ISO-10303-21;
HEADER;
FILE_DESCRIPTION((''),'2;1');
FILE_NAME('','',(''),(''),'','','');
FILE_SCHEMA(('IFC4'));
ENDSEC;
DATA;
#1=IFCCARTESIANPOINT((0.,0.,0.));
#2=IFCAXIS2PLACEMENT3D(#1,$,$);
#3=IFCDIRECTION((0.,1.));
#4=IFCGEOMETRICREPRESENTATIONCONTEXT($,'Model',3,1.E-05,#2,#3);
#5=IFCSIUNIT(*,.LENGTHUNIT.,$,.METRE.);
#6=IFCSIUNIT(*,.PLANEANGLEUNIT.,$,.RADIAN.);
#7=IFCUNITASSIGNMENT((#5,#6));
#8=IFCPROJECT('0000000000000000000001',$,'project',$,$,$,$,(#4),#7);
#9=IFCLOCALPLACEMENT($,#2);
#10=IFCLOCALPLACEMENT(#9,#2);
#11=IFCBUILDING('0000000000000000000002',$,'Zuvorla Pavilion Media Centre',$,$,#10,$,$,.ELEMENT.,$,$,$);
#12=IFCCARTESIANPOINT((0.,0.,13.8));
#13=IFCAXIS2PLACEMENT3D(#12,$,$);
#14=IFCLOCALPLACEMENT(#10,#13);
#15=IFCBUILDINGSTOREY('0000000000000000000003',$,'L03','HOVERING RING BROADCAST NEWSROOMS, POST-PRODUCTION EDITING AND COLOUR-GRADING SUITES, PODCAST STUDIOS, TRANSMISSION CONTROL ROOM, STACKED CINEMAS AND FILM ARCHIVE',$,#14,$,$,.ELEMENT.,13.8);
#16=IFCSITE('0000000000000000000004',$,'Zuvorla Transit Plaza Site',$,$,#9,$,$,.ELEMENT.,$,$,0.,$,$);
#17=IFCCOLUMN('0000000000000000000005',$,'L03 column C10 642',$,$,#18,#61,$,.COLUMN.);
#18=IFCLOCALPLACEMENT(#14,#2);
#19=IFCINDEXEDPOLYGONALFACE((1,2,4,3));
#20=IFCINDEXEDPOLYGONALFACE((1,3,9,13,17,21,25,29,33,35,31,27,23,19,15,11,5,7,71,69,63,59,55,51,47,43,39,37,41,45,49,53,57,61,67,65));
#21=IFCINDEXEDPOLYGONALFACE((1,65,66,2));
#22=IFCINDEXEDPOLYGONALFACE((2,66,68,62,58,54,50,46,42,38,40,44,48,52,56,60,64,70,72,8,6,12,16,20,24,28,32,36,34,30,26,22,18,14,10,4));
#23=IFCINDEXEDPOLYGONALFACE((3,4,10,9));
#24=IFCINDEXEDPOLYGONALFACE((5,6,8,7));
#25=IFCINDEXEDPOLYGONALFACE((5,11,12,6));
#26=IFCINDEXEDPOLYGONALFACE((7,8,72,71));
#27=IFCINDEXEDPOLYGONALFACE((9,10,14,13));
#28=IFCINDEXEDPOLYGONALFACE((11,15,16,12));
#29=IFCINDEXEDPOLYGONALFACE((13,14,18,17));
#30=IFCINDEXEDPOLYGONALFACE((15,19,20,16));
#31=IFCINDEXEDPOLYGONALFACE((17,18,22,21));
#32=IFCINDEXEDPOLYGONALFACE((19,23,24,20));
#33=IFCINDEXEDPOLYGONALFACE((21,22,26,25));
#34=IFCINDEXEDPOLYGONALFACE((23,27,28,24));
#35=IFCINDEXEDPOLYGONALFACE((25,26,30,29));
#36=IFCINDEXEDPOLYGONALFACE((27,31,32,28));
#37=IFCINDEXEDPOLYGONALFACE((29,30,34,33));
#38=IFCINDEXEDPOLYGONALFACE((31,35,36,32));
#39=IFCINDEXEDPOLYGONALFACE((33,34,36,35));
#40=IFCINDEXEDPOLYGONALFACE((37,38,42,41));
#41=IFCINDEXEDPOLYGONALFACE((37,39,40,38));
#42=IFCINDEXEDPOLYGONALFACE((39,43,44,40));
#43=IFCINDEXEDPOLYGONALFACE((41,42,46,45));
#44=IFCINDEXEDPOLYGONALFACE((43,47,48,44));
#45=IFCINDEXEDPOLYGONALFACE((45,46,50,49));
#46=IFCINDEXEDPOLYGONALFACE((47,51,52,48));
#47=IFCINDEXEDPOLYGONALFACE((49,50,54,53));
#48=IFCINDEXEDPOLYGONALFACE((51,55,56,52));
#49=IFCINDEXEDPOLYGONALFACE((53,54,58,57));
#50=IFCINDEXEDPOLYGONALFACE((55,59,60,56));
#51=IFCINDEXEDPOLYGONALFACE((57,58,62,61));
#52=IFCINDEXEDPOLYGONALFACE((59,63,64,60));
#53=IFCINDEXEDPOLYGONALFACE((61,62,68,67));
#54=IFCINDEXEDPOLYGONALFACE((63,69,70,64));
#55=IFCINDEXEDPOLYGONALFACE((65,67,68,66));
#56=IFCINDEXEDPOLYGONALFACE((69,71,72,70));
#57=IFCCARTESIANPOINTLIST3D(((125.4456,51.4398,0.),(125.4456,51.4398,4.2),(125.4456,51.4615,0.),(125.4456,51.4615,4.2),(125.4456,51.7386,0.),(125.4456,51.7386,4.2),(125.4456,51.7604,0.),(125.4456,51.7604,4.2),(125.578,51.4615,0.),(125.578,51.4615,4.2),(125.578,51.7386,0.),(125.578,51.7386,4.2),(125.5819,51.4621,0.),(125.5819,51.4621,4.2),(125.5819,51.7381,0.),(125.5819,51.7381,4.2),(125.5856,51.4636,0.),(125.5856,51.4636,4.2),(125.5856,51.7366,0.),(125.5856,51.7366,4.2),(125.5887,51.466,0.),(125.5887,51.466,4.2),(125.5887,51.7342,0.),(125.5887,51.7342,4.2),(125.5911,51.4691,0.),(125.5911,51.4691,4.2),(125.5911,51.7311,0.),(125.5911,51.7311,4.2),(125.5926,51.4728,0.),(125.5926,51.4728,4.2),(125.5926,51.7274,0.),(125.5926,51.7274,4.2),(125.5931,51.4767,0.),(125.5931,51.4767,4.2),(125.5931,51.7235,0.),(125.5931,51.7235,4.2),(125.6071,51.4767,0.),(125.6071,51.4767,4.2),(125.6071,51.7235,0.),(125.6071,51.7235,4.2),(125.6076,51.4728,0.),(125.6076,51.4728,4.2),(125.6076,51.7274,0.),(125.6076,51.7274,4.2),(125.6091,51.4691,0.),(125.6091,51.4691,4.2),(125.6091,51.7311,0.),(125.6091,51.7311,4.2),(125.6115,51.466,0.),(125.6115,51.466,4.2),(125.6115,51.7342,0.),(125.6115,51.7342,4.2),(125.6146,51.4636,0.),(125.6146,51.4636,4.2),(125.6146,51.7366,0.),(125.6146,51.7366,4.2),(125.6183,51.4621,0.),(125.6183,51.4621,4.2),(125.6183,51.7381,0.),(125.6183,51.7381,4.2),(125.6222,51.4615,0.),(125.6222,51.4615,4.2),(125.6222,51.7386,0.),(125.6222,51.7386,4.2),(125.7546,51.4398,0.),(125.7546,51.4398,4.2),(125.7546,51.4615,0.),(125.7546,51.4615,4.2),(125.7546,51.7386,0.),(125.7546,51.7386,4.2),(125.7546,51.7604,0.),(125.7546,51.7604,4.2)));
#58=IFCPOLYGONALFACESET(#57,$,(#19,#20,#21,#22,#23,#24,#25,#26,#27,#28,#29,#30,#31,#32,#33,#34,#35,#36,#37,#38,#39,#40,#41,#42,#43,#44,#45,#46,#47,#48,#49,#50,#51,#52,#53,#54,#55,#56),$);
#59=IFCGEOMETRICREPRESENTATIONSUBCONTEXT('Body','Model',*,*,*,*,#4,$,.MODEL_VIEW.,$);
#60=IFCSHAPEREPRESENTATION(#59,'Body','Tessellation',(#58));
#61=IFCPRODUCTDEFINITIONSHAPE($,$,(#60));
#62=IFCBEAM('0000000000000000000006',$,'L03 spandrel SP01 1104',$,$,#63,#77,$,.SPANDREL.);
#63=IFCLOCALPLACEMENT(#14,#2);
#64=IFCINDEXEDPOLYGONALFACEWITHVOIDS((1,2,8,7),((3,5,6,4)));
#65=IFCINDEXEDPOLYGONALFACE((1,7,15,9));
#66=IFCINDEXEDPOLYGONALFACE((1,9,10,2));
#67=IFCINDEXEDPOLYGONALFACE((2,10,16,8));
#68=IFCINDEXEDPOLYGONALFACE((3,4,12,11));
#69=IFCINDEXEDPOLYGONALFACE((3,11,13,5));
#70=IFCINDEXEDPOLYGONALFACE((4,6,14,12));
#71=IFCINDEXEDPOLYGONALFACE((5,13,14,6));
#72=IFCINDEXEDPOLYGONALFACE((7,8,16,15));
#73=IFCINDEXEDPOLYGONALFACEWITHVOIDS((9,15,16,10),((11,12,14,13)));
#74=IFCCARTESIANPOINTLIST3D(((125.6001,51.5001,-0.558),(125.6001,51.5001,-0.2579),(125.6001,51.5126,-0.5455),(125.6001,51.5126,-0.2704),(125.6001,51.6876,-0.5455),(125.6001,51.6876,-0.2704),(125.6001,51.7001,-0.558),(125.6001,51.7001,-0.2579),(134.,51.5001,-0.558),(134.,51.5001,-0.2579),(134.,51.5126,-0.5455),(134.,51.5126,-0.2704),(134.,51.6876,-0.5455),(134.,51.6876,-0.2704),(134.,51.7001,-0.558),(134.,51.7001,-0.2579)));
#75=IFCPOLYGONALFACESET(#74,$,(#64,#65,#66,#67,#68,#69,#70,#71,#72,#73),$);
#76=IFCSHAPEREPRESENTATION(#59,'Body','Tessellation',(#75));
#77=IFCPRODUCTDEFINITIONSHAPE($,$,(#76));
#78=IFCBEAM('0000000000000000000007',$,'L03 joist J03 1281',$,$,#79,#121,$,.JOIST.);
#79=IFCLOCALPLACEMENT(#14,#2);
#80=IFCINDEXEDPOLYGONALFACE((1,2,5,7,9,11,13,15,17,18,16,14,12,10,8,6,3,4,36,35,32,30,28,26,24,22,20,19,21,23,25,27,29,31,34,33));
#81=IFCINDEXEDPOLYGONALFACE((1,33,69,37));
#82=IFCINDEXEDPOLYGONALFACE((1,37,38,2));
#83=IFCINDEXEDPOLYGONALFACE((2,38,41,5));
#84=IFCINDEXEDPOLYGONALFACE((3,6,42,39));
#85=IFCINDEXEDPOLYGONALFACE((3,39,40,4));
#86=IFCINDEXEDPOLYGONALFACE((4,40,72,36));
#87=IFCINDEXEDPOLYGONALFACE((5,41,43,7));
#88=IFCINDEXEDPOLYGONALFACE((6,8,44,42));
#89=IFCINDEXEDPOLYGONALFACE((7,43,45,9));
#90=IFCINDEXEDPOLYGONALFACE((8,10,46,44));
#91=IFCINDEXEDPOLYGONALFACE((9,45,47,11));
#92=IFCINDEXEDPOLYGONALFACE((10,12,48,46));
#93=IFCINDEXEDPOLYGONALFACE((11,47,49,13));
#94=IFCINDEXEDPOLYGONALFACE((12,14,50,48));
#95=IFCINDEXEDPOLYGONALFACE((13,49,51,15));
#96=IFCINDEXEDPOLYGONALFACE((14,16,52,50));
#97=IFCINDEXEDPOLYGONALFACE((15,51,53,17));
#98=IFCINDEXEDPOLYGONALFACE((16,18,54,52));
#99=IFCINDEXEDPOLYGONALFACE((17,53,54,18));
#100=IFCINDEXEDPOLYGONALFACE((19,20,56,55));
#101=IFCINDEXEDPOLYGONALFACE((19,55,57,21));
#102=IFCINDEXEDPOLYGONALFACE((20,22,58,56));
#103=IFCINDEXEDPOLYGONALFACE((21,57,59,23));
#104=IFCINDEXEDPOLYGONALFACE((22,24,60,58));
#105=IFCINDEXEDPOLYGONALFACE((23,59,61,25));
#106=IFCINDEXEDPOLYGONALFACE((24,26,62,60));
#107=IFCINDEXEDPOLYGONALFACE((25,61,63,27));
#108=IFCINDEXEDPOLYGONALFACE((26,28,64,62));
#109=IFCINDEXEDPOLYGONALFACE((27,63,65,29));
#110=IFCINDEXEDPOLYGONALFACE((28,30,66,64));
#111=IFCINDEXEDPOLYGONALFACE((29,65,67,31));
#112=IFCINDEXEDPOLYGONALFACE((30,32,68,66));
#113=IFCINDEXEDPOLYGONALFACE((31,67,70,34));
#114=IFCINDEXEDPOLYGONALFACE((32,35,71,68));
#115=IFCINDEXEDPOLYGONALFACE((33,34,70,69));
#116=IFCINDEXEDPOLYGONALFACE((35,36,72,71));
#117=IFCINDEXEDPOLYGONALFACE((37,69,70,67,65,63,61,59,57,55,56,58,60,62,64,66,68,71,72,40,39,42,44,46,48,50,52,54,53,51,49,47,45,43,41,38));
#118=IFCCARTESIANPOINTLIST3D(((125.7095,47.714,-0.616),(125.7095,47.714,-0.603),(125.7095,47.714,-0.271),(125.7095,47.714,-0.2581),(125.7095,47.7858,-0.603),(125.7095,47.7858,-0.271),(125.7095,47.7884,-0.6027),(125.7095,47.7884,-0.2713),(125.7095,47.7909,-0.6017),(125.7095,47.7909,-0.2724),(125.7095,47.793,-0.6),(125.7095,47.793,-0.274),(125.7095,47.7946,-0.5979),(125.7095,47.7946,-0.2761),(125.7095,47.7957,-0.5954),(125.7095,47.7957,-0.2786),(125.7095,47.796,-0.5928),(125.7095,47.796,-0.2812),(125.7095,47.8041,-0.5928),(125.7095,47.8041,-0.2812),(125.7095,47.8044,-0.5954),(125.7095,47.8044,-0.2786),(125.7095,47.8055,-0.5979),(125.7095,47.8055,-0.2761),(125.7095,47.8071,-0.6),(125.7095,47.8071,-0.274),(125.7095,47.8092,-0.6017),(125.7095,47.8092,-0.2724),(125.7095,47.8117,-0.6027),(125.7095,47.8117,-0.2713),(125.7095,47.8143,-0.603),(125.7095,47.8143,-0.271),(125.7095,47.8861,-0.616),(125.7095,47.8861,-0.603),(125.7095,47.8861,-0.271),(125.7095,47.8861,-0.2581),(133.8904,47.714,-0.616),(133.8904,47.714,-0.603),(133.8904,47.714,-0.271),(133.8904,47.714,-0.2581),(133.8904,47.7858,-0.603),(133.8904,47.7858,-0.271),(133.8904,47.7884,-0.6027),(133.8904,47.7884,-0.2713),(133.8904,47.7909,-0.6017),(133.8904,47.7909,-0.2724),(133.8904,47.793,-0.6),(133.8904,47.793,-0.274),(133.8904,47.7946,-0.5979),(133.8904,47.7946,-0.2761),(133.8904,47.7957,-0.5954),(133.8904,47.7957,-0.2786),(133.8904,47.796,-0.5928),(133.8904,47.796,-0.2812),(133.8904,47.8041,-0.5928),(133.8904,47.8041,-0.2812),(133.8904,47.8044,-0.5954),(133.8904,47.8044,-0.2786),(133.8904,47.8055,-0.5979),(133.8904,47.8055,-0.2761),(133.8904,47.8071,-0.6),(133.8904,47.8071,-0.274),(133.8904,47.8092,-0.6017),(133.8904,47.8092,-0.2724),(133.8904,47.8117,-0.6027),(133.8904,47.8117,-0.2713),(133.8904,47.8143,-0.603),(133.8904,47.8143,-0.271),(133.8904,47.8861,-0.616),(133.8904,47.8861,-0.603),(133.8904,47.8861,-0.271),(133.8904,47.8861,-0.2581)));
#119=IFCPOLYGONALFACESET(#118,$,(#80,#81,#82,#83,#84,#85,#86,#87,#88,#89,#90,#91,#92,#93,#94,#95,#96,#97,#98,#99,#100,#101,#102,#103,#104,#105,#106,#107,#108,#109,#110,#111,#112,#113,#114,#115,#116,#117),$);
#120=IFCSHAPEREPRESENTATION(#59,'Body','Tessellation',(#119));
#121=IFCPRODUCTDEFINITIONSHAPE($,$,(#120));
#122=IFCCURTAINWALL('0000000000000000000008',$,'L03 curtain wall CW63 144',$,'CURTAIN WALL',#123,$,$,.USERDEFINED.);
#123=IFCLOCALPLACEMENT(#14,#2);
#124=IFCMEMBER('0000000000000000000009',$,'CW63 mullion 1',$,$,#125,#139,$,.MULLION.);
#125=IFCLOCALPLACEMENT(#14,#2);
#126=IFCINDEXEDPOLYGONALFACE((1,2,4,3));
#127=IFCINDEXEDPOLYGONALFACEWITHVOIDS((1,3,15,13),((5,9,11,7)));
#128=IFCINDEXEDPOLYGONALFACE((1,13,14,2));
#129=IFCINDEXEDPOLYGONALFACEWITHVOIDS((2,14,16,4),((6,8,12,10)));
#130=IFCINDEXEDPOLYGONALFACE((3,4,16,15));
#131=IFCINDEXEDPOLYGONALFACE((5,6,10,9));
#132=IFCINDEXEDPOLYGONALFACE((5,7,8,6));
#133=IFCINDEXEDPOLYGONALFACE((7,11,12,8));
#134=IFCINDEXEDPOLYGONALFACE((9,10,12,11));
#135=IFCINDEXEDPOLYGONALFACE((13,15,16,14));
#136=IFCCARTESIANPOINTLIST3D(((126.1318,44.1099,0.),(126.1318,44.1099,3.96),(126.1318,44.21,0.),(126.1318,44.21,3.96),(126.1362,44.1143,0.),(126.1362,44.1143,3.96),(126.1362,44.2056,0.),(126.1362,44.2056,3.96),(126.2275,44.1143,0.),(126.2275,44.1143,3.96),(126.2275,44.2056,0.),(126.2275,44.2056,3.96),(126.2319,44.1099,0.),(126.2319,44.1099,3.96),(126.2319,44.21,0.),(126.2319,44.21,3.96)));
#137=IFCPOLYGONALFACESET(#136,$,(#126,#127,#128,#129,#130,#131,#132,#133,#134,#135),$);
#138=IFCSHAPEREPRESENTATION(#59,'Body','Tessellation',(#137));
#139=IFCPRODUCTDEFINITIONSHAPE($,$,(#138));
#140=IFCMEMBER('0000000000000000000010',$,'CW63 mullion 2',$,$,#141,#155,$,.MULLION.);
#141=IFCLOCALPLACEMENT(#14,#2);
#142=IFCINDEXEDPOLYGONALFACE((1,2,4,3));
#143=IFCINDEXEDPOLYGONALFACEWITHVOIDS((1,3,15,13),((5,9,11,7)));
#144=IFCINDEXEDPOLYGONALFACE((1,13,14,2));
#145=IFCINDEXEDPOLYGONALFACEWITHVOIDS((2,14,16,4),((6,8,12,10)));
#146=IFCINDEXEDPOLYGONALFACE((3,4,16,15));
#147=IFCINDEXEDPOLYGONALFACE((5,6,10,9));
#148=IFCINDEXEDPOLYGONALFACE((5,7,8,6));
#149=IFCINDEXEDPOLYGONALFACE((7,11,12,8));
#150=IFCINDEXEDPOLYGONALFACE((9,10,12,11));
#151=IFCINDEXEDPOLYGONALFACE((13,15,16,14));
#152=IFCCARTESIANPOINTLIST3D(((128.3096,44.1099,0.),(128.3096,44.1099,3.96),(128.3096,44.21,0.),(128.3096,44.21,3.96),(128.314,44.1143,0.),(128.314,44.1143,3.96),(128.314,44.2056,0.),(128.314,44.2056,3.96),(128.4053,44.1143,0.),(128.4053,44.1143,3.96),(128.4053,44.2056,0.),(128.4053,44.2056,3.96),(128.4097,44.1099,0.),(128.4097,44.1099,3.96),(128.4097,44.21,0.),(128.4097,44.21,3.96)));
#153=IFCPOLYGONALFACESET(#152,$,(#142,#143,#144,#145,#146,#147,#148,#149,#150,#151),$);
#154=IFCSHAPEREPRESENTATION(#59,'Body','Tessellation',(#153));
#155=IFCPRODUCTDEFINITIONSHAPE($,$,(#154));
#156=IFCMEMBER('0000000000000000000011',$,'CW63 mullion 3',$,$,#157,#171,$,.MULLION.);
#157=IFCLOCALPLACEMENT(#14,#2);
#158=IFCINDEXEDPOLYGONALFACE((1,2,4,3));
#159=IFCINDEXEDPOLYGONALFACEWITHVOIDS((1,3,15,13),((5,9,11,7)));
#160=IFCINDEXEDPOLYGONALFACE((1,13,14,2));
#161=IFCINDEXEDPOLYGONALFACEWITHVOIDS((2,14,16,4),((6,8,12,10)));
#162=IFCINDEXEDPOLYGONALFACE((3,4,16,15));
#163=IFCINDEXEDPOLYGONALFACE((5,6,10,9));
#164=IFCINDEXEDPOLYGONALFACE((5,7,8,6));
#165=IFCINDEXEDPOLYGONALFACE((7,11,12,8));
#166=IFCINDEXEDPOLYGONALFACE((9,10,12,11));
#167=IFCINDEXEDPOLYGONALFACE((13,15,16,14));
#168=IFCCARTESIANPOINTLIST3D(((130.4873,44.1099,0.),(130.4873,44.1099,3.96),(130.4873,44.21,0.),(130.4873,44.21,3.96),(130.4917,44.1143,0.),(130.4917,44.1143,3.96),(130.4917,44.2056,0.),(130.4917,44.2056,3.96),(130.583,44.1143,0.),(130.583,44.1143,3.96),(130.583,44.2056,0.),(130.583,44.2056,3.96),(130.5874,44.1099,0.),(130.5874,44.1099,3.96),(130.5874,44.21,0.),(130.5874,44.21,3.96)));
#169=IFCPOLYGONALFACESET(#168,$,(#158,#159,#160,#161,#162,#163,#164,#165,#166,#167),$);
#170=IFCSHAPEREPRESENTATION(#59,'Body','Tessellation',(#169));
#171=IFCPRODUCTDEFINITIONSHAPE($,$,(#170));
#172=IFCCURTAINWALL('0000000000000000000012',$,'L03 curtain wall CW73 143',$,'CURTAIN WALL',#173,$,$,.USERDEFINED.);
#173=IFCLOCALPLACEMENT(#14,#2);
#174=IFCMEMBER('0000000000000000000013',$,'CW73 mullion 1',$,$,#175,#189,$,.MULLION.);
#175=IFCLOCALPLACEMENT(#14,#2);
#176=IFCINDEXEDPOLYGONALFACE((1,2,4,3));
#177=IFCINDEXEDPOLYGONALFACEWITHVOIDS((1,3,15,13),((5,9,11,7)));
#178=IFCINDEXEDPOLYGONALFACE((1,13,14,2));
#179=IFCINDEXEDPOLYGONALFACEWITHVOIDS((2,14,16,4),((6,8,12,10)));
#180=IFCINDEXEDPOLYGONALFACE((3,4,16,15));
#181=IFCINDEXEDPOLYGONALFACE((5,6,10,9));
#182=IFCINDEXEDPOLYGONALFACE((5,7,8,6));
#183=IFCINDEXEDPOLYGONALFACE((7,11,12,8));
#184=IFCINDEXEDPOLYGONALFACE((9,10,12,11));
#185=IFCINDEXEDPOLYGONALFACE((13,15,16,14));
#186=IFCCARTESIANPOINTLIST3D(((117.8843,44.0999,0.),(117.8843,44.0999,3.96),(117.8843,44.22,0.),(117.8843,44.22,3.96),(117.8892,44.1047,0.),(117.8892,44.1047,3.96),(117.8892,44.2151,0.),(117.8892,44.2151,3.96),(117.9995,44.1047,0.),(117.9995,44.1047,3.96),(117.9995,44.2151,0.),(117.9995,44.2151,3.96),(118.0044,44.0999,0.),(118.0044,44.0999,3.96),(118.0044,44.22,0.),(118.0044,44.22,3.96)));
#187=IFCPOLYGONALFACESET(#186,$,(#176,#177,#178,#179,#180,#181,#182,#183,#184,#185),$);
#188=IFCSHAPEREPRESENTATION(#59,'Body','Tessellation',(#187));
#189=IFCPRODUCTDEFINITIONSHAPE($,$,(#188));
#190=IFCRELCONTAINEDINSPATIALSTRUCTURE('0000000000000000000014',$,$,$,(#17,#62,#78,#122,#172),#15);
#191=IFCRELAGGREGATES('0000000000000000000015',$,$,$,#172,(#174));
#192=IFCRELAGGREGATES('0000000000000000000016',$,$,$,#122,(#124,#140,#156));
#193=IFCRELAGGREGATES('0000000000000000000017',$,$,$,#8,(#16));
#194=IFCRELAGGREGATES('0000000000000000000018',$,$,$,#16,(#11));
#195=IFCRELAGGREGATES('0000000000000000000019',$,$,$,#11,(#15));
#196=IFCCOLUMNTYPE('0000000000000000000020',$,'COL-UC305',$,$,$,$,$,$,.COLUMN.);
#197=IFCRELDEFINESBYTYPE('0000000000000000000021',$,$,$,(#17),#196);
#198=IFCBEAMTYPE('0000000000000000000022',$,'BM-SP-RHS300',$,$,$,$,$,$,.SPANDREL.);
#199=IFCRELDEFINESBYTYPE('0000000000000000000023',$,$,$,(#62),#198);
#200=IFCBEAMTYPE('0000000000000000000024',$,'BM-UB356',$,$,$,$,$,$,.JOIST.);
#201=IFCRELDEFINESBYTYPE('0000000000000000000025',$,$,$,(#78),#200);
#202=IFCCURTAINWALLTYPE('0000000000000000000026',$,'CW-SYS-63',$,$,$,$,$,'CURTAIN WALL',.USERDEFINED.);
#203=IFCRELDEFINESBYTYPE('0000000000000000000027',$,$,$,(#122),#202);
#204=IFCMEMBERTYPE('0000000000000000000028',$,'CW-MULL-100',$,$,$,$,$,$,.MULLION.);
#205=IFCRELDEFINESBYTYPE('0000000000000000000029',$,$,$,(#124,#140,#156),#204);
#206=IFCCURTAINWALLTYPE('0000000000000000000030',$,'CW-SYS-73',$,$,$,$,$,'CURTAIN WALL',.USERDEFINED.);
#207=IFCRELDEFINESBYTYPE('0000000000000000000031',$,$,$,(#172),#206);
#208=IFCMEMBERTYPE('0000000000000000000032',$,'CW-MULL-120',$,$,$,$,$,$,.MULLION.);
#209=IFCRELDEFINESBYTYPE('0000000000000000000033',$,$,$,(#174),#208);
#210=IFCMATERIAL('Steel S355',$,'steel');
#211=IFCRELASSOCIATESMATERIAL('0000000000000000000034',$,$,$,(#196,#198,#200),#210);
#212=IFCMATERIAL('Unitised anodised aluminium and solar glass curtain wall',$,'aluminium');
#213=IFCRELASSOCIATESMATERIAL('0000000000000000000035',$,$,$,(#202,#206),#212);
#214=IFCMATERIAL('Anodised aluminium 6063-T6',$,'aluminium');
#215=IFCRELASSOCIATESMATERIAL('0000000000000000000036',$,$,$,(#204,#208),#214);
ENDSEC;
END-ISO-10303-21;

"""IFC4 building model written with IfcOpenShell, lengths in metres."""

from ifc_helpers import new_model, si_unit, direction, frame, origin, origin_2d, place, context, subcontext, project, spatial, hollow_rectangle, i_section, extrude, material, material_profile, profile_set, type_object, element, aggregate, save


model = new_model("IFC4")

# Units and contexts
model_context = context("Model", 3, precision=1e-05, world=origin(), true_north=direction((0.0, 1.0)))
body_context = subcontext(model_context, "Body", "Model", "MODEL_VIEW")
ifc_project = project(units=[si_unit("LENGTHUNIT", "METRE"), si_unit("PLANEANGLEUNIT", "RADIAN")], contexts=[model_context])

# Site, building, storey
site_placement = place(None, origin())
site = spatial("IfcSite", under=ifc_project, at=site_placement, Name="Zuvorla Transit Plaza Site", CompositionType="ELEMENT", RefElevation=0.0)
building_placement = place(site_placement, origin())
building = spatial("IfcBuilding", under=site, at=building_placement, Name="Zuvorla Pavilion Media Centre", CompositionType="ELEMENT")
storey_placement = place(building_placement, frame((0.0, 0.0, 13.8)))
storey = spatial("IfcBuildingStorey", under=building, at=storey_placement, Name="L03", Description="HOVERING RING BROADCAST NEWSROOMS, POST-PRODUCTION EDITING AND COLOUR-GRADING SUITES, PODCAST STUDIOS, TRANSMISSION CONTROL ROOM, STACKED CINEMAS AND FILM ARCHIVE", CompositionType="ELEMENT", Elevation=13.8)

# Column
ifc_material_1 = material(Name="Steel S355", Category="steel")
ifc_material_profile_1 = material_profile(ifc_material_1, i_section(OverallWidth=0.3091, OverallDepth=0.3206, WebThickness=0.0139, FlangeThickness=0.0217, FilletRadius=0.0151, at=origin_2d()), Name="UC 305x305x137")
ifc_profile_set_1 = profile_set([ifc_material_profile_1], Name="Steel S355")
column_type = type_object("IfcColumnType", Name="COL-UC305", PredefinedType="COLUMN", material=ifc_profile_set_1)
column_placement = place(storey_placement, frame((125.6001, 51.6001, 0.0), z_axis=(0.0, 0.0, 1.0), x_axis=(1.0, 0.0, 0.0)))
element("IfcColumn", 1, at=column_placement, inside=storey, type_object=column_type, Name="L03 column C10 642", PredefinedType="COLUMN", context=body_context, shape_type="SweptSolid", body=[
    extrude(i_section(OverallWidth=0.3091, OverallDepth=0.3206, WebThickness=0.0139, FlangeThickness=0.0217, FilletRadius=0.0151, at=origin_2d()), origin(), (0.0, 0.0, 1.0), 4.2),
])

# Beams
ifc_material_profile_2 = material_profile(ifc_material_1, hollow_rectangle(XDim=0.2, YDim=0.3, WallThickness=0.0125, at=origin_2d()), Name="RHS 300x200x12.5")
ifc_profile_set_2 = profile_set([ifc_material_profile_2], Name="Steel S355")
beam_type_1 = type_object("IfcBeamType", Name="BM-SP-RHS300", PredefinedType="SPANDREL", material=ifc_profile_set_2)
beam_1_placement = place(storey_placement, frame((125.6001, 51.6001, -0.408), z_axis=(1.0, 0.0, 0.0), x_axis=(0.0, 1.0, 0.0)))
element("IfcBeam", 2, at=beam_1_placement, inside=storey, type_object=beam_type_1, Name="L03 spandrel SP01 1104", PredefinedType="SPANDREL", context=body_context, shape_type="SweptSolid", body=[
    extrude(hollow_rectangle(XDim=0.2, YDim=0.3, WallThickness=0.0125, at=origin_2d()), origin(), (0.0, 0.0, 1.0), 8.3999),
])
ifc_material_profile_3 = material_profile(ifc_material_1, i_section(OverallWidth=0.1721, OverallDepth=0.3579, WebThickness=0.0081, FlangeThickness=0.0129, FilletRadius=0.0103, at=origin_2d()), Name="UB 356x171x57")
ifc_profile_set_3 = profile_set([ifc_material_profile_3], Name="Steel S355")
beam_type_2 = type_object("IfcBeamType", Name="BM-UB356", PredefinedType="JOIST", material=ifc_profile_set_3)
beam_2_placement = place(storey_placement, frame((125.7095, 47.8, -0.437), z_axis=(1.0, 0.0, 0.0), x_axis=(0.0, 1.0, 0.0)))
element("IfcBeam", 3, at=beam_2_placement, inside=storey, type_object=beam_type_2, Name="L03 joist J03 1281", PredefinedType="JOIST", context=body_context, shape_type="SweptSolid", body=[
    extrude(i_section(OverallWidth=0.1721, OverallDepth=0.3579, WebThickness=0.0081, FlangeThickness=0.0129, FilletRadius=0.0103, at=origin_2d()), origin(), (0.0, 0.0, 1.0), 8.1809),
])

# Curtain walls, members
ifc_material_2 = material(Name="Unitised anodised aluminium and solar glass curtain wall", Category="aluminium")
curtain_wall_type_1 = type_object("IfcCurtainWallType", Name="CW-SYS-63", ElementType="CURTAIN WALL", PredefinedType="USERDEFINED", material=ifc_material_2)
curtain_wall_1_placement = place(storey_placement, origin())
curtain_wall_1 = element("IfcCurtainWall", 4, at=curtain_wall_1_placement, inside=storey, type_object=curtain_wall_type_1, Name="L03 curtain wall CW63 144", ObjectType="CURTAIN WALL", PredefinedType="USERDEFINED")
ifc_material_3 = material(Name="Anodised aluminium 6063-T6", Category="aluminium")
ifc_material_profile_4 = material_profile(ifc_material_3, hollow_rectangle(XDim=0.1001, YDim=0.1001, WallThickness=0.0044, at=origin_2d()), Name="ALU MULL 100x100")
ifc_profile_set_4 = profile_set([ifc_material_profile_4], Name="Anodised aluminium 6063-T6")
member_type_1 = type_object("IfcMemberType", Name="CW-MULL-100", PredefinedType="MULLION", material=ifc_profile_set_4)
member_1_placement = place(storey_placement, frame((126.1819, 44.1599, 0.0), z_axis=(0.0, 0.0, 1.0), x_axis=(1.0, 0.0, 0.0)))
member_1 = element("IfcMember", 5, at=member_1_placement, type_object=member_type_1, Name="CW63 mullion 1", PredefinedType="MULLION", context=body_context, shape_type="SweptSolid", body=[
    extrude(hollow_rectangle(XDim=0.1001, YDim=0.1001, WallThickness=0.0044, at=origin_2d()), origin(), (0.0, 0.0, 1.0), 3.96),
])
member_2_placement = place(storey_placement, frame((128.3596, 44.1599, 0.0), z_axis=(0.0, 0.0, 1.0), x_axis=(1.0, 0.0, 0.0)))
member_2 = element("IfcMember", 6, at=member_2_placement, type_object=member_type_1, Name="CW63 mullion 2", PredefinedType="MULLION", context=body_context, shape_type="SweptSolid", body=[
    extrude(hollow_rectangle(XDim=0.1001, YDim=0.1001, WallThickness=0.0044, at=origin_2d()), origin(), (0.0, 0.0, 1.0), 3.96),
])
member_3_placement = place(storey_placement, frame((130.5374, 44.1599, 0.0), z_axis=(0.0, 0.0, 1.0), x_axis=(1.0, 0.0, 0.0)))
member_3 = element("IfcMember", 7, at=member_3_placement, type_object=member_type_1, Name="CW63 mullion 3", PredefinedType="MULLION", context=body_context, shape_type="SweptSolid", body=[
    extrude(hollow_rectangle(XDim=0.1001, YDim=0.1001, WallThickness=0.0044, at=origin_2d()), origin(), (0.0, 0.0, 1.0), 3.96),
])
curtain_wall_type_2 = type_object("IfcCurtainWallType", Name="CW-SYS-73", ElementType="CURTAIN WALL", PredefinedType="USERDEFINED", material=ifc_material_2)
curtain_wall_2_placement = place(storey_placement, origin())
curtain_wall_2 = element("IfcCurtainWall", 8, at=curtain_wall_2_placement, inside=storey, type_object=curtain_wall_type_2, Name="L03 curtain wall CW73 143", ObjectType="CURTAIN WALL", PredefinedType="USERDEFINED")
ifc_material_profile_5 = material_profile(ifc_material_3, hollow_rectangle(XDim=0.1201, YDim=0.1201, WallThickness=0.0049, at=origin_2d()), Name="ALU MULL 120x120")
ifc_profile_set_5 = profile_set([ifc_material_profile_5], Name="Anodised aluminium 6063-T6")
member_type_2 = type_object("IfcMemberType", Name="CW-MULL-120", PredefinedType="MULLION", material=ifc_profile_set_5)
member_4_placement = place(storey_placement, frame((117.9443, 44.1599, 0.0), z_axis=(0.0, 0.0, 1.0), x_axis=(1.0, 0.0, 0.0)))
member_4 = element("IfcMember", 9, at=member_4_placement, type_object=member_type_2, Name="CW73 mullion 1", PredefinedType="MULLION", context=body_context, shape_type="SweptSolid", body=[
    extrude(hollow_rectangle(XDim=0.1201, YDim=0.1201, WallThickness=0.0049, at=origin_2d()), origin(), (0.0, 0.0, 1.0), 3.96),
])

aggregate(curtain_wall_2, [member_4])
aggregate(curtain_wall_1, [member_1, member_2, member_3])

save(model, "model.ifc")
